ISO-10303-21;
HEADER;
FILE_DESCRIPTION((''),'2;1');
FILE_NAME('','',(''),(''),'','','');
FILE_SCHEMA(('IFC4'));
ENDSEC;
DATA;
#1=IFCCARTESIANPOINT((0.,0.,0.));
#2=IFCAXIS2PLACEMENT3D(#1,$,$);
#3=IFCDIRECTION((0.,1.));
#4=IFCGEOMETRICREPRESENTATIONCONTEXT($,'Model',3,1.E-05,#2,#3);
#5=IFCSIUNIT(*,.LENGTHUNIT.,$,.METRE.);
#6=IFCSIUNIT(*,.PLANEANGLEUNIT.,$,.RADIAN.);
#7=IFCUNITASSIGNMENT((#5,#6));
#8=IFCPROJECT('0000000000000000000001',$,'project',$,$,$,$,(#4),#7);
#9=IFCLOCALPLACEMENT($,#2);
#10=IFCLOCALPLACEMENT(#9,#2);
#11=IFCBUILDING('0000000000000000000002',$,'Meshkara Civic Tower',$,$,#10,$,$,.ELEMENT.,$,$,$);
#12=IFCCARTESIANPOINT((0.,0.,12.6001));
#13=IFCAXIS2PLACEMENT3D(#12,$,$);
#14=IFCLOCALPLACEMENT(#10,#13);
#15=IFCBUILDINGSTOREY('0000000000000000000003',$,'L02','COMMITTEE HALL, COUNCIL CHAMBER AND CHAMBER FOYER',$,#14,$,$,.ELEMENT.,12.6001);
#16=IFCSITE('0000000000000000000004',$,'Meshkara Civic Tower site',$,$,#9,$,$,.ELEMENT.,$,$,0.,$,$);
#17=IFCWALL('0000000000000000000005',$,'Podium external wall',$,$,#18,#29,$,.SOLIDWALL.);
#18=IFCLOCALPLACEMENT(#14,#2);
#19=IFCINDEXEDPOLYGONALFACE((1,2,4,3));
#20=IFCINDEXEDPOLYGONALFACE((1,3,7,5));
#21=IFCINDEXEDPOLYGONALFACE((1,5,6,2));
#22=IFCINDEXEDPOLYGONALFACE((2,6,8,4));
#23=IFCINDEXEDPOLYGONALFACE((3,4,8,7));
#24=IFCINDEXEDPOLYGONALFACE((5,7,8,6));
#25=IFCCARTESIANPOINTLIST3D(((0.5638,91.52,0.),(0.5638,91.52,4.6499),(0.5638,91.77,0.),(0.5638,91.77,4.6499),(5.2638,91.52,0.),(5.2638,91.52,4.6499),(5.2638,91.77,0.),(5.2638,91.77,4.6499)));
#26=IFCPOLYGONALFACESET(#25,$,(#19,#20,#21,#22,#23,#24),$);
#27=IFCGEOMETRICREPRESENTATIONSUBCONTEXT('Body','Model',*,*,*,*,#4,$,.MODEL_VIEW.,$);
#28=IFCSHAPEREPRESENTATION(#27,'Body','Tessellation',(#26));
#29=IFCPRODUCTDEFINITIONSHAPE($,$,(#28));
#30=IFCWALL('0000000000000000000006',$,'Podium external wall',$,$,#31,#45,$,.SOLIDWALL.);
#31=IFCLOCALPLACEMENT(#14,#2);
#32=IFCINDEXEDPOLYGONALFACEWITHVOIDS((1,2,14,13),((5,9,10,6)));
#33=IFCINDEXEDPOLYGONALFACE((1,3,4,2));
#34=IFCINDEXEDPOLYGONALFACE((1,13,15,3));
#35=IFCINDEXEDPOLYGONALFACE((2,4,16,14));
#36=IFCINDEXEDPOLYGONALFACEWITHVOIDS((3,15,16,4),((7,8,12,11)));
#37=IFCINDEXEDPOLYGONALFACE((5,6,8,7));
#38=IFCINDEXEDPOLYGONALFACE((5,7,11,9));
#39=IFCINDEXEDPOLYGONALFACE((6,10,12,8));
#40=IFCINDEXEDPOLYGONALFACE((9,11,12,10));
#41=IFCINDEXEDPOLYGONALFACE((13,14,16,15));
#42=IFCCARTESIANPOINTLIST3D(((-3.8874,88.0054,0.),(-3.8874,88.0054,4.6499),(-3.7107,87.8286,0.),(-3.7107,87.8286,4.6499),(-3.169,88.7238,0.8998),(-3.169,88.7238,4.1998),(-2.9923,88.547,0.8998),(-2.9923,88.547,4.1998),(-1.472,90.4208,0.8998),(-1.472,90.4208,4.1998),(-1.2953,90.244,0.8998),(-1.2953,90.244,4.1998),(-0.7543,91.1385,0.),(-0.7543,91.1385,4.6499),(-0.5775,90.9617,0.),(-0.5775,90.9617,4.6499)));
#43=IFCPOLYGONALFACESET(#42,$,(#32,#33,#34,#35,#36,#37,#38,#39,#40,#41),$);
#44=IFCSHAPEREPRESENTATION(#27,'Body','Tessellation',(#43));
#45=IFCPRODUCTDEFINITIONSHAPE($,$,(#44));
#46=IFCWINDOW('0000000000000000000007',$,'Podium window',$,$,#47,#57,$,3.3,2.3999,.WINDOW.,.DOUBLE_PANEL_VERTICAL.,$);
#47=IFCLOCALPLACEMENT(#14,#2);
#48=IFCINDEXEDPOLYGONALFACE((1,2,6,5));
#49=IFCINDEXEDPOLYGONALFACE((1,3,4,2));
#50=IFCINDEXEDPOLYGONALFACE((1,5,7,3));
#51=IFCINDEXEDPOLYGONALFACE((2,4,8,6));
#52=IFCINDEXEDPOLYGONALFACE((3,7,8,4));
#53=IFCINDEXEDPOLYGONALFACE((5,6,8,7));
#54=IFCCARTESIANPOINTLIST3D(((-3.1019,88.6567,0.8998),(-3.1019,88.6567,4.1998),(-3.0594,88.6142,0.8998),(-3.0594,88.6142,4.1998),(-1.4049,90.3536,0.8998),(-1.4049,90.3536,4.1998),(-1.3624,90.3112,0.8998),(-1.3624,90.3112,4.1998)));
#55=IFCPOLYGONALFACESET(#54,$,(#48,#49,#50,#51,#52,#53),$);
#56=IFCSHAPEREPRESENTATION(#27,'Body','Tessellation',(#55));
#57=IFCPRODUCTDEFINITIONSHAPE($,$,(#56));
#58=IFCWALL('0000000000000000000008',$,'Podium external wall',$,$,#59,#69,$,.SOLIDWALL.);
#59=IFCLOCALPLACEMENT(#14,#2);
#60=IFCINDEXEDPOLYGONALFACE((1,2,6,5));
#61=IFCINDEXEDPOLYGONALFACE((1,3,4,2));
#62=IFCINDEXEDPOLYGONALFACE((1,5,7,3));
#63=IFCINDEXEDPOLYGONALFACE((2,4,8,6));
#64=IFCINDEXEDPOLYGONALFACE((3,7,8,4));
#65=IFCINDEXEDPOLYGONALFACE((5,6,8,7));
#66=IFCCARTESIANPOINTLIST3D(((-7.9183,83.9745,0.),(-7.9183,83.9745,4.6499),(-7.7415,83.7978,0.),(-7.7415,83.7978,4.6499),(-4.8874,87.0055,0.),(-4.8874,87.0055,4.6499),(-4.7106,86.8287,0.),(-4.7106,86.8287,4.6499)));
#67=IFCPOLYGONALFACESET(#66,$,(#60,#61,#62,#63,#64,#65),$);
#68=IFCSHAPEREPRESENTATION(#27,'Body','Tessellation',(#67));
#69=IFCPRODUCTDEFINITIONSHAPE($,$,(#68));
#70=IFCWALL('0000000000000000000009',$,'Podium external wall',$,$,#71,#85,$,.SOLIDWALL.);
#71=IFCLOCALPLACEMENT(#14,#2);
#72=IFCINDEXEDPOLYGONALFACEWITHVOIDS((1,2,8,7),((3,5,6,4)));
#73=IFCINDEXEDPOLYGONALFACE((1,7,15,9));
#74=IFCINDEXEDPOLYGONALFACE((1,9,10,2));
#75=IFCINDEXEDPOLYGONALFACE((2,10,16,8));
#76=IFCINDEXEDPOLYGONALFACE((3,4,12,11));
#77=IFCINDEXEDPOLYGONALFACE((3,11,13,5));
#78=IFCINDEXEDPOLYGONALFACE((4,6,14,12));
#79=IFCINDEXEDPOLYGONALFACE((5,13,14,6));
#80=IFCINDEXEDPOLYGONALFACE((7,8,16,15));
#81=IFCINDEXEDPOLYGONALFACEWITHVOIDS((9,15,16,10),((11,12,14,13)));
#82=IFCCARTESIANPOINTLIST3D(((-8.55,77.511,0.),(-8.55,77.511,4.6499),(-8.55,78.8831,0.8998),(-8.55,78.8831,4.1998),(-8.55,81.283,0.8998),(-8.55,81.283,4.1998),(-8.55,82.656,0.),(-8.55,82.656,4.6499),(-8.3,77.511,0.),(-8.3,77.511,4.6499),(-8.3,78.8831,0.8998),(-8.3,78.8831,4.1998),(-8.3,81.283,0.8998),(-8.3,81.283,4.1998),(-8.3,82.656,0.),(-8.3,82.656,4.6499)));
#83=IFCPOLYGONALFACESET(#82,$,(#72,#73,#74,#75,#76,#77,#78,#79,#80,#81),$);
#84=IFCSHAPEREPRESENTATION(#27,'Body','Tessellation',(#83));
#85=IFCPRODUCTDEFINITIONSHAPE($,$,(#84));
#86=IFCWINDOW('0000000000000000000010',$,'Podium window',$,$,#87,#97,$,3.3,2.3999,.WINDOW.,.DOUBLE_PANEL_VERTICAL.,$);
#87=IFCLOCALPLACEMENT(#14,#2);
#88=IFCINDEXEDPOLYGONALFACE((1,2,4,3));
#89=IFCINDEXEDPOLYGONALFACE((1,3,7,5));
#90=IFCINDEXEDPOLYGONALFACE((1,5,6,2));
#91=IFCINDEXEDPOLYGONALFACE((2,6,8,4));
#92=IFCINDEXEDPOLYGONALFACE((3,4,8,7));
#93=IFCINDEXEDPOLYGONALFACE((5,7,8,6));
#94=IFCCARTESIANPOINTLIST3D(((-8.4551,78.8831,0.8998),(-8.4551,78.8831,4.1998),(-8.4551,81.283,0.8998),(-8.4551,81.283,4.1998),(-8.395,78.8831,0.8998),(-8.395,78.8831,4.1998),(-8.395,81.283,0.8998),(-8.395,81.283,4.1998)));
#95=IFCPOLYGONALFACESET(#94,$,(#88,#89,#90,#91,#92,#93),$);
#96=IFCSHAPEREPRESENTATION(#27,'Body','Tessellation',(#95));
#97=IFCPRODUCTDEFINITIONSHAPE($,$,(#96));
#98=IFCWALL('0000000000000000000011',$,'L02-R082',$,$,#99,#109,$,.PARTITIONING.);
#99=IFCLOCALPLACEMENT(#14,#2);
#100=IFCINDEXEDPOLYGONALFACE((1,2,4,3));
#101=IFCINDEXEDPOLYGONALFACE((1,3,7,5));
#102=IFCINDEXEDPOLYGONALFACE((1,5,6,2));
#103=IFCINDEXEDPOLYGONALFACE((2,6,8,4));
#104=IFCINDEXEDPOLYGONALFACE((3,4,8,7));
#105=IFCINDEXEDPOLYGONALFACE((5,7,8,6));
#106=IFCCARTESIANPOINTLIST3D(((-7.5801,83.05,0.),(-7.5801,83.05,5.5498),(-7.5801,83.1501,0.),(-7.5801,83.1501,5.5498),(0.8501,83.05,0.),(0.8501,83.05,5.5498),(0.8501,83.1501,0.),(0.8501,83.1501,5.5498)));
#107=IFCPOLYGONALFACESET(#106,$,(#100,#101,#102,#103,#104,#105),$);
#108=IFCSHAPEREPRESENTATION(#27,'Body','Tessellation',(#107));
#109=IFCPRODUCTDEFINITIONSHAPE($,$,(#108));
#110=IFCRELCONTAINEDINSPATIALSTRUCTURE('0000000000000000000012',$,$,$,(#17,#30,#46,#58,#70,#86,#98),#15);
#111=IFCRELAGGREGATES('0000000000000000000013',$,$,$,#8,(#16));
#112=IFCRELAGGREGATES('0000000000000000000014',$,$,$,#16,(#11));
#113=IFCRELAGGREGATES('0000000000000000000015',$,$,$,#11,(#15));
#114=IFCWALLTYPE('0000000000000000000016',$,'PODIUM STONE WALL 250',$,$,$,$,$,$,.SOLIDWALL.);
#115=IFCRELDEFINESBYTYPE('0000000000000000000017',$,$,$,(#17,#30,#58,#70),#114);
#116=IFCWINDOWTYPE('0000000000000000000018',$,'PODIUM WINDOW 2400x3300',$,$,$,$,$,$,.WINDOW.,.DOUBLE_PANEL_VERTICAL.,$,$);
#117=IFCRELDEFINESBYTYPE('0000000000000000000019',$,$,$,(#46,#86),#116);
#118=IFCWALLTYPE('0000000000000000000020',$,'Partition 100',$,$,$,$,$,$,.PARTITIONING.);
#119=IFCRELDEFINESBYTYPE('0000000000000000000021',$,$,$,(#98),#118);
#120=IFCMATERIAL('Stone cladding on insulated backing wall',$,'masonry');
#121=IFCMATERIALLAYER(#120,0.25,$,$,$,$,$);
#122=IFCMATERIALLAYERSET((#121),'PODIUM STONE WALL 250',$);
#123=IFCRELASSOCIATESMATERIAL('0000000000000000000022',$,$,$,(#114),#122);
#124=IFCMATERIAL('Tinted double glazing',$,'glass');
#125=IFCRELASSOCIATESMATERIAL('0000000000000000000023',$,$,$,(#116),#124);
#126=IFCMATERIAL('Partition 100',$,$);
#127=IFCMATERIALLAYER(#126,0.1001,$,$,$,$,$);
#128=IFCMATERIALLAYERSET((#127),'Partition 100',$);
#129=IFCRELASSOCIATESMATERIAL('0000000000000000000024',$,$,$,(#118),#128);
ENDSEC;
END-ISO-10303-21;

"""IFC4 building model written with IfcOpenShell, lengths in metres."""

from ifc_helpers import new_model, si_unit, direction, frame, frame_2d, origin, place, context, subcontext, project, spatial, rectangle, extrude, material, layer, layer_set, type_object, element, fill, save


model = new_model("IFC4")

# Units and contexts
model_context = context("Model", 3, precision=1e-05, world=origin(), true_north=direction((0.0, 1.0)))
body_context = subcontext(model_context, "Body", "Model", "MODEL_VIEW")
ifc_project = project(units=[si_unit("LENGTHUNIT", "METRE"), si_unit("PLANEANGLEUNIT", "RADIAN")], contexts=[model_context])

# Site, building, storey
site_placement = place(None, origin())
site = spatial("IfcSite", under=ifc_project, at=site_placement, Name="Meshkara Civic Tower site", CompositionType="ELEMENT", RefElevation=0.0)
building_placement = place(site_placement, origin())
building = spatial("IfcBuilding", under=site, at=building_placement, Name="Meshkara Civic Tower", CompositionType="ELEMENT")
storey_placement = place(building_placement, frame((0.0, 0.0, 12.6001)))
storey = spatial("IfcBuildingStorey", under=building, at=storey_placement, Name="L02", Description="COMMITTEE HALL, COUNCIL CHAMBER AND CHAMBER FOYER", CompositionType="ELEMENT", Elevation=12.6001)

# Wall
ifc_material_1 = material(Name="Stone cladding on insulated backing wall", Category="masonry")
ifc_layer_1 = layer(ifc_material_1, 0.25)
ifc_layer_set_1 = layer_set([ifc_layer_1], Name="PODIUM STONE WALL 250")
wall_type_1 = type_object("IfcWallType", Name="PODIUM STONE WALL 250", PredefinedType="SOLIDWALL", material=ifc_layer_set_1)
wall_1_placement = place(storey_placement, frame((5.2639, 91.645, 0.0), z_axis=(0.0, 0.0, 1.0), x_axis=(-1.0, 0.0, 0.0)))
element("IfcWall", 1, at=wall_1_placement, inside=storey, type_object=wall_type_1, Name="Podium external wall", PredefinedType="SOLIDWALL", context=body_context, shape_type="SweptSolid", body=[
    extrude(rectangle(XDim=4.7, YDim=0.25, at=frame_2d((2.3501, 0.0))), origin(), (0.0, 0.0, 1.0), 4.6499),
])

# Wall, opening, window
wall_2_placement = place(storey_placement, frame((-0.666, 91.05, 0.0), z_axis=(0.0, 0.0, 1.0), x_axis=(-0.707107, -0.707107, 0.0)))
wall_2 = element("IfcWall", 2, at=wall_2_placement, inside=storey, type_object=wall_type_1, Name="Podium external wall", PredefinedType="SOLIDWALL", context=body_context, shape_type="SweptSolid", body=[
    extrude(rectangle(XDim=4.4309, YDim=0.25, at=frame_2d((2.2153, 0.0))), origin(), (0.0, 0.0, 1.0), 4.6499),
])
opening_1_placement = place(wall_2_placement, frame((1.0149, 0.0, 0.8999)))
opening_1 = element("IfcOpeningElement", 3, at=opening_1_placement, cuts=wall_2, PredefinedType="OPENING", context=body_context, shape_type="SweptSolid", body=[
    extrude(rectangle(XDim=2.3999, YDim=3.3, at=frame_2d((1.2, 1.6499))), frame((0.0, 0.135, 0.0), z_axis=(0.0, -1.0, 0.0), x_axis=(1.0, 0.0, 0.0)), (0.0, 0.0, 1.0), 0.27),
])
ifc_material_2 = material(Name="Tinted double glazing", Category="glass")
window_type = type_object("IfcWindowType", Name="PODIUM WINDOW 2400x3300", PartitioningType="DOUBLE_PANEL_VERTICAL", PredefinedType="WINDOW", material=ifc_material_2)
window_1_placement = place(opening_1_placement, origin())
window_1 = element("IfcWindow", 4, at=window_1_placement, inside=storey, type_object=window_type, Name="Podium window", OverallHeight=3.3, OverallWidth=2.3999, PartitioningType="DOUBLE_PANEL_VERTICAL", PredefinedType="WINDOW", context=body_context, shape_type="SweptSolid", body=[
    extrude(rectangle(XDim=2.3999, YDim=3.3, at=frame_2d((1.2, 1.6499))), frame((0.0, 0.03, 0.0), z_axis=(0.0, -1.0, 0.0), x_axis=(1.0, 0.0, 0.0)), (0.0, 0.0, 1.0), 0.0601),
])
fill(opening_1, window_1)

# Wall
wall_3_placement = place(storey_placement, frame((-4.7991, 86.917, 0.0), z_axis=(0.0, 0.0, 1.0), x_axis=(-0.707107, -0.707107, 0.0)))
element("IfcWall", 5, at=wall_3_placement, inside=storey, type_object=wall_type_1, Name="Podium external wall", PredefinedType="SOLIDWALL", context=body_context, shape_type="SweptSolid", body=[
    extrude(rectangle(XDim=4.2864, YDim=0.25, at=frame_2d((2.1431, 0.0))), origin(), (0.0, 0.0, 1.0), 4.6499),
])

# Wall, opening, window
wall_4_placement = place(storey_placement, frame((-8.425, 82.656, 0.0), z_axis=(0.0, 0.0, 1.0), x_axis=(0.0, -1.0, 0.0)))
wall_4 = element("IfcWall", 6, at=wall_4_placement, inside=storey, type_object=wall_type_1, Name="Podium external wall", PredefinedType="SOLIDWALL", context=body_context, shape_type="SweptSolid", body=[
    extrude(rectangle(XDim=5.145, YDim=0.25, at=frame_2d((2.5725, 0.0))), origin(), (0.0, 0.0, 1.0), 4.6499),
])
opening_2_placement = place(wall_4_placement, frame((1.373, 0.0, 0.8999)))
opening_2 = element("IfcOpeningElement", 7, at=opening_2_placement, cuts=wall_4, PredefinedType="OPENING", context=body_context, shape_type="SweptSolid", body=[
    extrude(rectangle(XDim=2.3999, YDim=3.3, at=frame_2d((1.2, 1.6499))), frame((0.0, 0.135, 0.0), z_axis=(0.0, -1.0, 0.0), x_axis=(1.0, 0.0, 0.0)), (0.0, 0.0, 1.0), 0.27),
])
window_2_placement = place(opening_2_placement, origin())
window_2 = element("IfcWindow", 8, at=window_2_placement, inside=storey, type_object=window_type, Name="Podium window", OverallHeight=3.3, OverallWidth=2.3999, PartitioningType="DOUBLE_PANEL_VERTICAL", PredefinedType="WINDOW", context=body_context, shape_type="SweptSolid", body=[
    extrude(rectangle(XDim=2.3999, YDim=3.3, at=frame_2d((1.2, 1.6499))), frame((0.0, 0.03, 0.0), z_axis=(0.0, -1.0, 0.0), x_axis=(1.0, 0.0, 0.0)), (0.0, 0.0, 1.0), 0.0601),
])
fill(opening_2, window_2)

# Wall
ifc_material_3 = material(Name="Partition 100")
ifc_layer_2 = layer(ifc_material_3, 0.1001)
ifc_layer_set_2 = layer_set([ifc_layer_2], Name="Partition 100")
wall_type_2 = type_object("IfcWallType", Name="Partition 100", PredefinedType="PARTITIONING", material=ifc_layer_set_2)
wall_5_placement = place(storey_placement, frame((0.8501, 83.1001, 0.0), z_axis=(0.0, 0.0, 1.0), x_axis=(-1.0, 0.0, 0.0)))
element("IfcWall", 9, at=wall_5_placement, inside=storey, type_object=wall_type_2, Name="L02-R082", PredefinedType="PARTITIONING", context=body_context, shape_type="SweptSolid", body=[
    extrude(rectangle(XDim=8.4302, YDim=0.1001, at=frame_2d((4.2151, 0.0))), origin(), (0.0, 0.0, 1.0), 5.5498),
])

save(model, "model.ifc")
